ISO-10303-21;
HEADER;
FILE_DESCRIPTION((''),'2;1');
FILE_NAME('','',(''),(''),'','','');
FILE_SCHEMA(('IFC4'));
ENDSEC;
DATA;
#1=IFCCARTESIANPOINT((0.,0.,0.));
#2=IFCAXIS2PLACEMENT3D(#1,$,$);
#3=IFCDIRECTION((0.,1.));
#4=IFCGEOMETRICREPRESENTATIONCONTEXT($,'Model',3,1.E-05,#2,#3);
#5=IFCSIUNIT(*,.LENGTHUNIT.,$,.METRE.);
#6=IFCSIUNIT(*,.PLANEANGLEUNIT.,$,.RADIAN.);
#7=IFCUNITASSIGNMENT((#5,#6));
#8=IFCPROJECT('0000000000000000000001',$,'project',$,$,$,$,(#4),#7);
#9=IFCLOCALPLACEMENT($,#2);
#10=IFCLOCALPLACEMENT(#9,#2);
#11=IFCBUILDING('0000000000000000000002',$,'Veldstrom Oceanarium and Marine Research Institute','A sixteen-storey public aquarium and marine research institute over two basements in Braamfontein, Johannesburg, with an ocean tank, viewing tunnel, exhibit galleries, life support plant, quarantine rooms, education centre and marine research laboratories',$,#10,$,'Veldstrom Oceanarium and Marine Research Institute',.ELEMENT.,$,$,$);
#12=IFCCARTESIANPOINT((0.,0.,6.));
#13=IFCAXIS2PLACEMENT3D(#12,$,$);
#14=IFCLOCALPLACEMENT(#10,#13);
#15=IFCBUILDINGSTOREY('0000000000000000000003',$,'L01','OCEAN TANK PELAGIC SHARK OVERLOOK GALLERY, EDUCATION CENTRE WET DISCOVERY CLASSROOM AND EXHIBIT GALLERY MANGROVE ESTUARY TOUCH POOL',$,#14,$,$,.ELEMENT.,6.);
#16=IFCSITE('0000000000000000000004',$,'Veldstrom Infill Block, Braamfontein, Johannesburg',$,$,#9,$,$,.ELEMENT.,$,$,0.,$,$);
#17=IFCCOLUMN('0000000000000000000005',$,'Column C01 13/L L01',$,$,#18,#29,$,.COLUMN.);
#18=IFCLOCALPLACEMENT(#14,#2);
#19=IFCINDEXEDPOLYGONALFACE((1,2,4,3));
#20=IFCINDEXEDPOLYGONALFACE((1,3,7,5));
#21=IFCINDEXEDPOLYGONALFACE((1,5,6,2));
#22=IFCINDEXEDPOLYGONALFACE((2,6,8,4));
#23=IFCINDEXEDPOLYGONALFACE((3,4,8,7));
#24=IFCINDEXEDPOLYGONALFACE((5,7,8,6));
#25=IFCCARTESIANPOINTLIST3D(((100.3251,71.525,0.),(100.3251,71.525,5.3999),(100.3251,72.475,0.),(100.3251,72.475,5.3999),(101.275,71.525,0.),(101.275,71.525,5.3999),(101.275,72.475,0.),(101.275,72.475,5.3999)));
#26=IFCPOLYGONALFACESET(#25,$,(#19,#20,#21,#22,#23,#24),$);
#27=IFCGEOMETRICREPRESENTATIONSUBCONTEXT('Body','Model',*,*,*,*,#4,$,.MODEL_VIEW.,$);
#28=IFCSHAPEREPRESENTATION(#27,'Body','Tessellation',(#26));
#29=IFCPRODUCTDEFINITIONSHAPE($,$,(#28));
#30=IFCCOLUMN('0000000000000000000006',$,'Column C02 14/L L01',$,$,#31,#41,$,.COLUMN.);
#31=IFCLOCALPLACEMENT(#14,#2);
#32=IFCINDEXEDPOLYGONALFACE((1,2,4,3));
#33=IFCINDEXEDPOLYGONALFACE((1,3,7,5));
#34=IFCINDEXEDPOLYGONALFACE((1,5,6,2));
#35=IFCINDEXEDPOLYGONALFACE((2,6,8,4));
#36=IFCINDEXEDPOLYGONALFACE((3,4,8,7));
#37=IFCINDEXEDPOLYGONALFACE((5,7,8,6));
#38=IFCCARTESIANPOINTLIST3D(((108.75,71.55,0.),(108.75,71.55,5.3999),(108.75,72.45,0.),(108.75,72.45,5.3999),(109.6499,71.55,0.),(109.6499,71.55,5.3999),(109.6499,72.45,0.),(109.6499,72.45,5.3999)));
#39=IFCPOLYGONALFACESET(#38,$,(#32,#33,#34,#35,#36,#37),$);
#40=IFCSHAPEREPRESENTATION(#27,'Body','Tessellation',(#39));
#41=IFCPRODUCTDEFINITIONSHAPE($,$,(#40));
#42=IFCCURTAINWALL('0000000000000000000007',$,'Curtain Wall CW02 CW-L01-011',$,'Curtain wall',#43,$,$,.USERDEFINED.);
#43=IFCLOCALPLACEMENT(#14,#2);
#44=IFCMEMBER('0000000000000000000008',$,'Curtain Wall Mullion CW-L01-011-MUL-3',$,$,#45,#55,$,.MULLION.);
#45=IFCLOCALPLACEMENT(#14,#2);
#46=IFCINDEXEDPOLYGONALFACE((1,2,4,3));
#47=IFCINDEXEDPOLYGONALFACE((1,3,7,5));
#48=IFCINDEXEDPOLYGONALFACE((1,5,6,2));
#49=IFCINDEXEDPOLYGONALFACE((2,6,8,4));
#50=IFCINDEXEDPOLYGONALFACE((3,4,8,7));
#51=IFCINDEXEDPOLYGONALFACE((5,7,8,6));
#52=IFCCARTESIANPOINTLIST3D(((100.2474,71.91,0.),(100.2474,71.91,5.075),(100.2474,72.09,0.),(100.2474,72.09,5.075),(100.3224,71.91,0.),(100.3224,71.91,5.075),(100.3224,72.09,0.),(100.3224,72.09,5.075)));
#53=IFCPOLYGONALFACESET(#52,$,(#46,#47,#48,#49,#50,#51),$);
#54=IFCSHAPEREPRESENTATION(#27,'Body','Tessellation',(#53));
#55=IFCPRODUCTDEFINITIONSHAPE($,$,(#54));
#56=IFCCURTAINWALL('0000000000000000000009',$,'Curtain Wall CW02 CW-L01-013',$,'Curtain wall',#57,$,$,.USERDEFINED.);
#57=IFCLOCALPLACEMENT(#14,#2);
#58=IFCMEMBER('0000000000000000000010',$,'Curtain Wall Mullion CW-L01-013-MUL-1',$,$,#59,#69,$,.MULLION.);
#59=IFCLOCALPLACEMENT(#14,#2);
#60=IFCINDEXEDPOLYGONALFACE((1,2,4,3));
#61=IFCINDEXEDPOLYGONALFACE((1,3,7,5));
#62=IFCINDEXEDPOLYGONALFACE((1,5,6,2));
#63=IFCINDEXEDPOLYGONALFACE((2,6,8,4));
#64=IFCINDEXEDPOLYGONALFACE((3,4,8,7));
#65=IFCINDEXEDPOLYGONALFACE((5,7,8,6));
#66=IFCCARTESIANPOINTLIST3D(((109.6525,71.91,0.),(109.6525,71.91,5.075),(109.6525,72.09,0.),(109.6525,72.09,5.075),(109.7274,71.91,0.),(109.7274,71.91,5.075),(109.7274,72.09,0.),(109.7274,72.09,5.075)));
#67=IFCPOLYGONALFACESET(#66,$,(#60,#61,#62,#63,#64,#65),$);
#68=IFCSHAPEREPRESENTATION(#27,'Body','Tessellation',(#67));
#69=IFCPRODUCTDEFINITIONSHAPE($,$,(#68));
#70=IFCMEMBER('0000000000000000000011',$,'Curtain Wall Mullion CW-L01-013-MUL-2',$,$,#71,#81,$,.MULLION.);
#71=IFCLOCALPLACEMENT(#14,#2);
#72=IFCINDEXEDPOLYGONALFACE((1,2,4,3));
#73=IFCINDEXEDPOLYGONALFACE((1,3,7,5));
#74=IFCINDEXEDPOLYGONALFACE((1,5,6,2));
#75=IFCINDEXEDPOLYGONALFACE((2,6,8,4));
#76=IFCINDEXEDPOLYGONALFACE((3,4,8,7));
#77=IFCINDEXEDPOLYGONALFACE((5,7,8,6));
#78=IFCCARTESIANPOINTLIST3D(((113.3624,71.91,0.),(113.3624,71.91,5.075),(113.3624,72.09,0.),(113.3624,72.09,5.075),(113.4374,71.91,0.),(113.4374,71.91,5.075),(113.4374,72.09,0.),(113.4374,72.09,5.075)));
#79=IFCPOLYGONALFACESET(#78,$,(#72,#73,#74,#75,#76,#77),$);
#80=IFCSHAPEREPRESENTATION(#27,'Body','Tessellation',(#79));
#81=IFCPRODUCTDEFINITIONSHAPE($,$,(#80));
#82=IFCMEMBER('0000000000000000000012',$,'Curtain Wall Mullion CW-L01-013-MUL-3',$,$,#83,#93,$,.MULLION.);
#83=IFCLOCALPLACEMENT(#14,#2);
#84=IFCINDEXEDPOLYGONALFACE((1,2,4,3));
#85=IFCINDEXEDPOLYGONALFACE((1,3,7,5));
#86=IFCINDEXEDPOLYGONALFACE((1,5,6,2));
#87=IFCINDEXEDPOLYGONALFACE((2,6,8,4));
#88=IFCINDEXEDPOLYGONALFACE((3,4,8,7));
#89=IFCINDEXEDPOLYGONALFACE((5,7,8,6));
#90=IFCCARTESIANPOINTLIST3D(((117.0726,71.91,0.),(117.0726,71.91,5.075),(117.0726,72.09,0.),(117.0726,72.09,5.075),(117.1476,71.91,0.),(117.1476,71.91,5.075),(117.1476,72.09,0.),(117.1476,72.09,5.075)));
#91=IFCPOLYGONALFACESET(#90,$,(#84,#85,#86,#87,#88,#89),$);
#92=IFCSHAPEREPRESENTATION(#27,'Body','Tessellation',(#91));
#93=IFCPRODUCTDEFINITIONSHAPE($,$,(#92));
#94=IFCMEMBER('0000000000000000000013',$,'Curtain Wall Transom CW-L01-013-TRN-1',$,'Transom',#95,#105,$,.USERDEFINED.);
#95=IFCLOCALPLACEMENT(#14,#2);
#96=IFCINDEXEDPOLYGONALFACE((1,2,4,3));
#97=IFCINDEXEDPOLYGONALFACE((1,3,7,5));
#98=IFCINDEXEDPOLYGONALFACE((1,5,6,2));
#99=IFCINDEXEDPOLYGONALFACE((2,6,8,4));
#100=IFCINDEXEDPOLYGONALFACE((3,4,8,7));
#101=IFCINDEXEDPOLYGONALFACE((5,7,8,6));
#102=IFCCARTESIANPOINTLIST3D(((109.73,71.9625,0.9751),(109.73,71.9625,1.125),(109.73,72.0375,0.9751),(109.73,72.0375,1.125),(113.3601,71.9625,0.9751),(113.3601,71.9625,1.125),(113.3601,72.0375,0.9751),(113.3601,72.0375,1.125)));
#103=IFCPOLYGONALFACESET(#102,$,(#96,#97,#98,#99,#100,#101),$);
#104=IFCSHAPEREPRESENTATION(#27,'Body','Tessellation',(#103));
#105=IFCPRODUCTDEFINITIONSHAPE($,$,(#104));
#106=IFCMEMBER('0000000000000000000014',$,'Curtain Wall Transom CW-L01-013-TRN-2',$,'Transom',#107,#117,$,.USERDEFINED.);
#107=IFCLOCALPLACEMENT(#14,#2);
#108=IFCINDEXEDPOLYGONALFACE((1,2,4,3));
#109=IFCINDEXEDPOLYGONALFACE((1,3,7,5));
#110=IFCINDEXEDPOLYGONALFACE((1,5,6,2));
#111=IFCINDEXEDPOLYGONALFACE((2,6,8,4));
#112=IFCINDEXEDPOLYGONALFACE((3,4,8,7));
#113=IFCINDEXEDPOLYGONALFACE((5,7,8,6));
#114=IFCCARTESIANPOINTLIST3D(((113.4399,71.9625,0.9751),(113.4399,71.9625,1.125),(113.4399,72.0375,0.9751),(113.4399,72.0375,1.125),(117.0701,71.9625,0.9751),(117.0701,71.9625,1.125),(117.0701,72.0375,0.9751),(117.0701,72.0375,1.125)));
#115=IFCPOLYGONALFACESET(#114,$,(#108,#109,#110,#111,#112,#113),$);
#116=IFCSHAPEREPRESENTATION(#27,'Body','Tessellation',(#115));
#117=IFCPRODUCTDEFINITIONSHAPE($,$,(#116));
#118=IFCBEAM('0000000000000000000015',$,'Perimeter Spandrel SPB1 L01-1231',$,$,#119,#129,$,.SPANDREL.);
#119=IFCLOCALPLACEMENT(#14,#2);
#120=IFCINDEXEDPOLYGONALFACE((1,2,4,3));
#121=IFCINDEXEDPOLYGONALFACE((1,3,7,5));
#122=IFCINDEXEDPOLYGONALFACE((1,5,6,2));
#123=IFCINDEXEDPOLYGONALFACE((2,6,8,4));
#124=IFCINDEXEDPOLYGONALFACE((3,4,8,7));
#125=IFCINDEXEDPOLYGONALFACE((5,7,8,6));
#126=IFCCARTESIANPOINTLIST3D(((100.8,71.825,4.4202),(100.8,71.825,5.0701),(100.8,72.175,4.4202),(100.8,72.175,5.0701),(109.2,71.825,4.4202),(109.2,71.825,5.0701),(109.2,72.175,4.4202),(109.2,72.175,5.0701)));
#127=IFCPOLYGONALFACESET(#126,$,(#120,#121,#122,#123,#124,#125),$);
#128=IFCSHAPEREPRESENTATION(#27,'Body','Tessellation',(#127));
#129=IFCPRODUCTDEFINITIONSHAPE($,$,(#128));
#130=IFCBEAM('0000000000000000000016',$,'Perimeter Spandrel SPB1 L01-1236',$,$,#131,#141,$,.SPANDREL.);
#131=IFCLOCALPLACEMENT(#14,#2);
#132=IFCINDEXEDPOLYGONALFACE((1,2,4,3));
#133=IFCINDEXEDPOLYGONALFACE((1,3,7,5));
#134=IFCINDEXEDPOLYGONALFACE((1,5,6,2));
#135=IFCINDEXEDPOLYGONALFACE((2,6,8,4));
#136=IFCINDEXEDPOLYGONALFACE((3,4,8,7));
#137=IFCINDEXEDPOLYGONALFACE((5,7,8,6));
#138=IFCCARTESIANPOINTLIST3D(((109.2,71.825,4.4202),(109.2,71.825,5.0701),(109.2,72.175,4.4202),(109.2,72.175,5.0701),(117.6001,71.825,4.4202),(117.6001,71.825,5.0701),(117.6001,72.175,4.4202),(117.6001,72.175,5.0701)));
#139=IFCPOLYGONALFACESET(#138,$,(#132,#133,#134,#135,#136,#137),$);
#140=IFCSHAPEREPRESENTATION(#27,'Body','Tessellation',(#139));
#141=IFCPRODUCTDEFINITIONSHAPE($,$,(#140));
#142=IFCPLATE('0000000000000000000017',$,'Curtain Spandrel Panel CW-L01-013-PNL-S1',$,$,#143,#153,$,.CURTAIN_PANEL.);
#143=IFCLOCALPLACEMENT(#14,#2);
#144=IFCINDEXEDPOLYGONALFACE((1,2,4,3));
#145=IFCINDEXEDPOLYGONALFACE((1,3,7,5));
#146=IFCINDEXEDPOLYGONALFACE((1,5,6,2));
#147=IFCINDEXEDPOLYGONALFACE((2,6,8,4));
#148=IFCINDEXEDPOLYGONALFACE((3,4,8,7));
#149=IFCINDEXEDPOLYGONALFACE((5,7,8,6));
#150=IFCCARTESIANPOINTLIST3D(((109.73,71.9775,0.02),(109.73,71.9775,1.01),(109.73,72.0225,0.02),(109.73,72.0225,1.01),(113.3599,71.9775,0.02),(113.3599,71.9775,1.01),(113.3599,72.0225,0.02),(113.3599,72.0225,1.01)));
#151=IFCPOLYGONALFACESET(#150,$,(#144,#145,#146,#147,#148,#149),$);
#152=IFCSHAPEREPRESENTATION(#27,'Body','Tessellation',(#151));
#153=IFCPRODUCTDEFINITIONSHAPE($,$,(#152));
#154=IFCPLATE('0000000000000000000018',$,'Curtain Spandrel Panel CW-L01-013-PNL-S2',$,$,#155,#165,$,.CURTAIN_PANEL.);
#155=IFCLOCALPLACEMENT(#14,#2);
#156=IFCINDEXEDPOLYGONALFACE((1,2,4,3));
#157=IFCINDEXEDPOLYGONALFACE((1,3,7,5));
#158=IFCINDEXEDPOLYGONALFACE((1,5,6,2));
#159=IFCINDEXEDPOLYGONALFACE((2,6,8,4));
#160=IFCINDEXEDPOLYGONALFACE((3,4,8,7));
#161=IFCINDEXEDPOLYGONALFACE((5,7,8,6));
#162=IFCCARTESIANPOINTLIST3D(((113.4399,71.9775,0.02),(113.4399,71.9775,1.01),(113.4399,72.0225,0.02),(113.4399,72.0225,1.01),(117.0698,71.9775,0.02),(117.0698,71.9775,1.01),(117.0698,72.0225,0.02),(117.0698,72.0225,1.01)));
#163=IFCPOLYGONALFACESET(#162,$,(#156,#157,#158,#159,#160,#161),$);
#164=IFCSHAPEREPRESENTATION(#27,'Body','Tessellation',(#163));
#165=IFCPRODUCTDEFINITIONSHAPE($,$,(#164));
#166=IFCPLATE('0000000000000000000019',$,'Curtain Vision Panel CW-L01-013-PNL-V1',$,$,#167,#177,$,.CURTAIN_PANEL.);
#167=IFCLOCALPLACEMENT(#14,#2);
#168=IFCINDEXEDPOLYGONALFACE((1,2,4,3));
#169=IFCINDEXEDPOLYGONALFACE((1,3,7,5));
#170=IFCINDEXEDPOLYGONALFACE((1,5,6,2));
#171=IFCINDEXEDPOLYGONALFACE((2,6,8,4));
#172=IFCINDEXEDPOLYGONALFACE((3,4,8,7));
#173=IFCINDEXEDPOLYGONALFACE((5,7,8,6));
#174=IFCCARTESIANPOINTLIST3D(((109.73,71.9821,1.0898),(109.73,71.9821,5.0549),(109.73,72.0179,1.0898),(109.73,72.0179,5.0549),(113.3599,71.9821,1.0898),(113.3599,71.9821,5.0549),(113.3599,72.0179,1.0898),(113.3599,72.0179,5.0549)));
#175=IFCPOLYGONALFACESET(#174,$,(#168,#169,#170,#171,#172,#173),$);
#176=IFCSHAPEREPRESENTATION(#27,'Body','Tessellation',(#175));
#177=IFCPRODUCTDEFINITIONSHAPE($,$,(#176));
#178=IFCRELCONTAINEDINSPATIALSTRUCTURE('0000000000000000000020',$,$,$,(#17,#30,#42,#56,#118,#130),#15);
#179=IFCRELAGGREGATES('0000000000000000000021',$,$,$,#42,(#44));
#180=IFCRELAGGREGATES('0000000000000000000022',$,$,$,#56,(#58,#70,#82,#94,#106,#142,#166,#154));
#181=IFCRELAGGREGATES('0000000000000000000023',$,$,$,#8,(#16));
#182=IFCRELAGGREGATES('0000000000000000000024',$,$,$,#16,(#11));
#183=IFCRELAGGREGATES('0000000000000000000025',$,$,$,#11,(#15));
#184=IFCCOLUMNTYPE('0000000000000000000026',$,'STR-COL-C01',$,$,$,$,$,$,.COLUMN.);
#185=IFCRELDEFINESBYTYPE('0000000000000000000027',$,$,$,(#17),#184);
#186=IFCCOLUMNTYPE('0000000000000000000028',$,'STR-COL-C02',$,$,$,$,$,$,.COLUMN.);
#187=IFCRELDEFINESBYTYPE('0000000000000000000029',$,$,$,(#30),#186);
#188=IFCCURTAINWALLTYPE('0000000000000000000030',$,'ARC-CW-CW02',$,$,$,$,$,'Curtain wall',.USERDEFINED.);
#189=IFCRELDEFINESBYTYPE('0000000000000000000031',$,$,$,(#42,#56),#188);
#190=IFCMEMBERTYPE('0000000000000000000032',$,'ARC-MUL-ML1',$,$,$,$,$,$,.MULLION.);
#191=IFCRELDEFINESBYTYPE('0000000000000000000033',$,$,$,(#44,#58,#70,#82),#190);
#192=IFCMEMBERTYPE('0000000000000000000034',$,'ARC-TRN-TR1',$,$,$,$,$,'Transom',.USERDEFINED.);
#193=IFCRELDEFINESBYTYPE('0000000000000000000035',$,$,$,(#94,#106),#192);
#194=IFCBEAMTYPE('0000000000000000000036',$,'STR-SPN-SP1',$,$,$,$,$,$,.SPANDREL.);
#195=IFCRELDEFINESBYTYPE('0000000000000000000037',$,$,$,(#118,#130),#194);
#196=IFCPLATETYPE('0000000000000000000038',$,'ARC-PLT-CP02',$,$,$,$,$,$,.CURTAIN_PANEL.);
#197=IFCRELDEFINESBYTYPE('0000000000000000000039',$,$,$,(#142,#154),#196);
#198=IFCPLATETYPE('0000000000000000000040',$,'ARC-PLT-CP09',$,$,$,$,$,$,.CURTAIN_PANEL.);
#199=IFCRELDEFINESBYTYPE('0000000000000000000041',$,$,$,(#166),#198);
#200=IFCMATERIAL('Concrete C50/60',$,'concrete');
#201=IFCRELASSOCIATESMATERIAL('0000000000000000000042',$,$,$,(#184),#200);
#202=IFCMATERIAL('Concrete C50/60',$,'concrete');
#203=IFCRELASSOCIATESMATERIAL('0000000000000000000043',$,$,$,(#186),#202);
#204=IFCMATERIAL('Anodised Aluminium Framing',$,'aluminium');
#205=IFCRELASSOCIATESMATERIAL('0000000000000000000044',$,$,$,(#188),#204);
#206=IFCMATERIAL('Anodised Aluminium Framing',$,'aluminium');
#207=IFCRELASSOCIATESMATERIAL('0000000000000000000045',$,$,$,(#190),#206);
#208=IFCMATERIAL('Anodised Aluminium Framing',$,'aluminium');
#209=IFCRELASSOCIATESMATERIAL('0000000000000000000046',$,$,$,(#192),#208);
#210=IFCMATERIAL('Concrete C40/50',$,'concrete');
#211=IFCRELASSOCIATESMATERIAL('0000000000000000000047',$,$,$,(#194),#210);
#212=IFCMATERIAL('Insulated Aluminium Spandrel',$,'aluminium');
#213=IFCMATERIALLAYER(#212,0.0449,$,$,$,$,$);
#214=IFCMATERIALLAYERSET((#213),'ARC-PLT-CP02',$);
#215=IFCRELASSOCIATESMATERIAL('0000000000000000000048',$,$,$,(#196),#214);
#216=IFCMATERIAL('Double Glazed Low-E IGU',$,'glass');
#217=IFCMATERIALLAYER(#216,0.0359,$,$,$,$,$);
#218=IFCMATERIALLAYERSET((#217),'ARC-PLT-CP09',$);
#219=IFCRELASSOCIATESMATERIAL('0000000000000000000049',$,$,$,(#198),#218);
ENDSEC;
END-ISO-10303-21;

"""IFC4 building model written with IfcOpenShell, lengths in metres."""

from ifc_helpers import new_model, si_unit, direction, frame, origin, origin_2d, place, context, subcontext, project, spatial, rectangle, extrude, material, layer, layer_set, material_profile, profile_set, type_object, element, aggregate, save


model = new_model("IFC4")

# Units and contexts
model_context = context("Model", 3, precision=1e-05, world=origin(), true_north=direction((0.0, 1.0)))
body_context = subcontext(model_context, "Body", "Model", "MODEL_VIEW")
ifc_project = project(units=[si_unit("LENGTHUNIT", "METRE"), si_unit("PLANEANGLEUNIT", "RADIAN")], contexts=[model_context])

# Site, building, storey
site_placement = place(None, origin())
site = spatial("IfcSite", under=ifc_project, at=site_placement, Name="Veldstrom Infill Block, Braamfontein, Johannesburg", CompositionType="ELEMENT", RefElevation=0.0)
building_placement = place(site_placement, origin())
building = spatial("IfcBuilding", under=site, at=building_placement, Name="Veldstrom Oceanarium and Marine Research Institute", Description="A sixteen-storey public aquarium and marine research institute over two basements in Braamfontein, Johannesburg, with an ocean tank, viewing tunnel, exhibit galleries, life support plant, quarantine rooms, education centre and marine research laboratories", LongName="Veldstrom Oceanarium and Marine Research Institute", CompositionType="ELEMENT")
storey_placement = place(building_placement, frame((0.0, 0.0, 6.0)))
storey = spatial("IfcBuildingStorey", under=building, at=storey_placement, Name="L01", Description="OCEAN TANK PELAGIC SHARK OVERLOOK GALLERY, EDUCATION CENTRE WET DISCOVERY CLASSROOM AND EXHIBIT GALLERY MANGROVE ESTUARY TOUCH POOL", CompositionType="ELEMENT", Elevation=6.0)

# Columns
ifc_material_1 = material(Name="Concrete C50/60", Category="concrete")
ifc_material_profile_1 = material_profile(ifc_material_1, rectangle(XDim=0.95, YDim=0.95, at=origin_2d()), Name="RC-COL-950x950")
ifc_profile_set_1 = profile_set([ifc_material_profile_1], Name="Concrete C50/60")
column_type_1 = type_object("IfcColumnType", Name="STR-COL-C01", PredefinedType="COLUMN", material=ifc_profile_set_1)
column_1_placement = place(storey_placement, frame((100.8, 72.0, 0.0), z_axis=(0.0, 0.0, 1.0), x_axis=(1.0, 0.0, 0.0)))
element("IfcColumn", 1, at=column_1_placement, inside=storey, type_object=column_type_1, Name="Column C01 13/L L01", PredefinedType="COLUMN", context=body_context, shape_type="SweptSolid", body=[
    extrude(rectangle(XDim=0.95, YDim=0.95, at=origin_2d()), origin(), (0.0, 0.0, 1.0), 5.3999),
])
ifc_material_2 = material(Name="Concrete C50/60", Category="concrete")
ifc_material_profile_2 = material_profile(ifc_material_2, rectangle(XDim=0.8999, YDim=0.8999, at=origin_2d()), Name="RC-COL-900x900")
ifc_profile_set_2 = profile_set([ifc_material_profile_2], Name="Concrete C50/60")
column_type_2 = type_object("IfcColumnType", Name="STR-COL-C02", PredefinedType="COLUMN", material=ifc_profile_set_2)
column_2_placement = place(storey_placement, frame((109.2, 72.0, 0.0), z_axis=(0.0, 0.0, 1.0), x_axis=(1.0, 0.0, 0.0)))
element("IfcColumn", 2, at=column_2_placement, inside=storey, type_object=column_type_2, Name="Column C02 14/L L01", PredefinedType="COLUMN", context=body_context, shape_type="SweptSolid", body=[
    extrude(rectangle(XDim=0.8999, YDim=0.8999, at=origin_2d()), origin(), (0.0, 0.0, 1.0), 5.3999),
])

# Curtain wall, member
ifc_material_3 = material(Name="Anodised Aluminium Framing", Category="aluminium")
curtain_wall_type = type_object("IfcCurtainWallType", Name="ARC-CW-CW02", ElementType="Curtain wall", PredefinedType="USERDEFINED", material=ifc_material_3)
curtain_wall_1_placement = place(storey_placement, origin())
curtain_wall_1 = element("IfcCurtainWall", 3, at=curtain_wall_1_placement, inside=storey, type_object=curtain_wall_type, Name="Curtain Wall CW02 CW-L01-011", ObjectType="Curtain wall", PredefinedType="USERDEFINED")
ifc_material_4 = material(Name="Anodised Aluminium Framing", Category="aluminium")
ifc_material_profile_3 = material_profile(ifc_material_4, rectangle(XDim=0.075, YDim=0.1799, at=origin_2d()), Name="ALU-MUL-75x180")
ifc_profile_set_3 = profile_set([ifc_material_profile_3], Name="Anodised Aluminium Framing")
member_type_1 = type_object("IfcMemberType", Name="ARC-MUL-ML1", PredefinedType="MULLION", material=ifc_profile_set_3)
member_1_placement = place(storey_placement, frame((100.2849, 72.0, 0.0), z_axis=(0.0, 0.0, 1.0), x_axis=(1.0, 0.0, 0.0)))
member_1 = element("IfcMember", 4, at=member_1_placement, type_object=member_type_1, Name="Curtain Wall Mullion CW-L01-011-MUL-3", PredefinedType="MULLION", context=body_context, shape_type="SweptSolid", body=[
    extrude(rectangle(XDim=0.075, YDim=0.1799, at=origin_2d()), origin(), (0.0, 0.0, 1.0), 5.075),
])
aggregate(curtain_wall_1, [member_1])

# Curtain wall, members
curtain_wall_2_placement = place(storey_placement, origin())
curtain_wall_2 = element("IfcCurtainWall", 5, at=curtain_wall_2_placement, inside=storey, type_object=curtain_wall_type, Name="Curtain Wall CW02 CW-L01-013", ObjectType="Curtain wall", PredefinedType="USERDEFINED")
member_2_placement = place(storey_placement, frame((109.6899, 72.0, 0.0), z_axis=(0.0, 0.0, 1.0), x_axis=(1.0, 0.0, 0.0)))
member_2 = element("IfcMember", 6, at=member_2_placement, type_object=member_type_1, Name="Curtain Wall Mullion CW-L01-013-MUL-1", PredefinedType="MULLION", context=body_context, shape_type="SweptSolid", body=[
    extrude(rectangle(XDim=0.075, YDim=0.1799, at=origin_2d()), origin(), (0.0, 0.0, 1.0), 5.075),
])
member_3_placement = place(storey_placement, frame((113.3999, 72.0, 0.0), z_axis=(0.0, 0.0, 1.0), x_axis=(1.0, 0.0, 0.0)))
member_3 = element("IfcMember", 7, at=member_3_placement, type_object=member_type_1, Name="Curtain Wall Mullion CW-L01-013-MUL-2", PredefinedType="MULLION", context=body_context, shape_type="SweptSolid", body=[
    extrude(rectangle(XDim=0.075, YDim=0.1799, at=origin_2d()), origin(), (0.0, 0.0, 1.0), 5.075),
])
member_4_placement = place(storey_placement, frame((117.1101, 72.0, 0.0), z_axis=(0.0, 0.0, 1.0), x_axis=(1.0, 0.0, 0.0)))
member_4 = element("IfcMember", 8, at=member_4_placement, type_object=member_type_1, Name="Curtain Wall Mullion CW-L01-013-MUL-3", PredefinedType="MULLION", context=body_context, shape_type="SweptSolid", body=[
    extrude(rectangle(XDim=0.075, YDim=0.1799, at=origin_2d()), origin(), (0.0, 0.0, 1.0), 5.075),
])
ifc_material_5 = material(Name="Anodised Aluminium Framing", Category="aluminium")
ifc_material_profile_4 = material_profile(ifc_material_5, rectangle(XDim=0.075, YDim=0.1499, at=origin_2d()), Name="ALU-TRN-75x150")
ifc_profile_set_4 = profile_set([ifc_material_profile_4], Name="Anodised Aluminium Framing")
member_type_2 = type_object("IfcMemberType", Name="ARC-TRN-TR1", ElementType="Transom", PredefinedType="USERDEFINED", material=ifc_profile_set_4)
member_5_placement = place(storey_placement, frame((109.73, 72.0, 1.05), z_axis=(1.0, 0.0, 0.0), x_axis=(0.0, 1.0, 0.0)))
member_5 = element("IfcMember", 9, at=member_5_placement, type_object=member_type_2, Name="Curtain Wall Transom CW-L01-013-TRN-1", ObjectType="Transom", PredefinedType="USERDEFINED", context=body_context, shape_type="SweptSolid", body=[
    extrude(rectangle(XDim=0.075, YDim=0.1499, at=origin_2d()), origin(), (0.0, 0.0, 1.0), 3.6301),
])
member_6_placement = place(storey_placement, frame((113.4399, 72.0, 1.05), z_axis=(1.0, 0.0, 0.0), x_axis=(0.0, 1.0, 0.0)))
member_6 = element("IfcMember", 10, at=member_6_placement, type_object=member_type_2, Name="Curtain Wall Transom CW-L01-013-TRN-2", ObjectType="Transom", PredefinedType="USERDEFINED", context=body_context, shape_type="SweptSolid", body=[
    extrude(rectangle(XDim=0.075, YDim=0.1499, at=origin_2d()), origin(), (0.0, 0.0, 1.0), 3.6301),
])

# Beams
ifc_material_6 = material(Name="Concrete C40/50", Category="concrete")
ifc_material_profile_5 = material_profile(ifc_material_6, rectangle(XDim=0.3501, YDim=0.6499, at=origin_2d()), Name="RC-SPN-350x650")
ifc_profile_set_5 = profile_set([ifc_material_profile_5], Name="Concrete C40/50")
beam_type = type_object("IfcBeamType", Name="STR-SPN-SP1", PredefinedType="SPANDREL", material=ifc_profile_set_5)
beam_1_placement = place(storey_placement, frame((100.8, 72.0, 4.7451), z_axis=(1.0, 0.0, 0.0), x_axis=(0.0, 1.0, 0.0)))
element("IfcBeam", 11, at=beam_1_placement, inside=storey, type_object=beam_type, Name="Perimeter Spandrel SPB1 L01-1231", PredefinedType="SPANDREL", context=body_context, shape_type="SweptSolid", body=[
    extrude(rectangle(XDim=0.3501, YDim=0.6499, at=origin_2d()), origin(), (0.0, 0.0, 1.0), 8.3999),
])
beam_2_placement = place(storey_placement, frame((109.2, 72.0, 4.7451), z_axis=(1.0, 0.0, 0.0), x_axis=(0.0, 1.0, 0.0)))
element("IfcBeam", 12, at=beam_2_placement, inside=storey, type_object=beam_type, Name="Perimeter Spandrel SPB1 L01-1236", PredefinedType="SPANDREL", context=body_context, shape_type="SweptSolid", body=[
    extrude(rectangle(XDim=0.3501, YDim=0.6499, at=origin_2d()), origin(), (0.0, 0.0, 1.0), 8.4001),
])

# Plates
ifc_material_7 = material(Name="Insulated Aluminium Spandrel", Category="aluminium")
ifc_layer_1 = layer(ifc_material_7, 0.0449)
ifc_layer_set_1 = layer_set([ifc_layer_1], Name="ARC-PLT-CP02")
plate_type_1 = type_object("IfcPlateType", Name="ARC-PLT-CP02", PredefinedType="CURTAIN_PANEL", material=ifc_layer_set_1)
plate_1_placement = place(storey_placement, frame((111.5449, 72.0, 0.02), z_axis=(0.0, 0.0, 1.0), x_axis=(1.0, 0.0, 0.0)))
plate_1 = element("IfcPlate", 13, at=plate_1_placement, type_object=plate_type_1, Name="Curtain Spandrel Panel CW-L01-013-PNL-S1", PredefinedType="CURTAIN_PANEL", context=body_context, shape_type="SweptSolid", body=[
    extrude(rectangle(XDim=3.6299, YDim=0.0449, at=origin_2d()), origin(), (0.0, 0.0, 1.0), 0.99),
])
plate_2_placement = place(storey_placement, frame((115.2549, 72.0, 0.02), z_axis=(0.0, 0.0, 1.0), x_axis=(1.0, 0.0, 0.0)))
plate_2 = element("IfcPlate", 14, at=plate_2_placement, type_object=plate_type_1, Name="Curtain Spandrel Panel CW-L01-013-PNL-S2", PredefinedType="CURTAIN_PANEL", context=body_context, shape_type="SweptSolid", body=[
    extrude(rectangle(XDim=3.6299, YDim=0.0449, at=origin_2d()), origin(), (0.0, 0.0, 1.0), 0.99),
])
ifc_material_8 = material(Name="Double Glazed Low-E IGU", Category="glass")
ifc_layer_2 = layer(ifc_material_8, 0.0359)
ifc_layer_set_2 = layer_set([ifc_layer_2], Name="ARC-PLT-CP09")
plate_type_2 = type_object("IfcPlateType", Name="ARC-PLT-CP09", PredefinedType="CURTAIN_PANEL", material=ifc_layer_set_2)
plate_3_placement = place(storey_placement, frame((111.5449, 72.0, 1.0898), z_axis=(0.0, 0.0, 1.0), x_axis=(1.0, 0.0, 0.0)))
plate_3 = element("IfcPlate", 15, at=plate_3_placement, type_object=plate_type_2, Name="Curtain Vision Panel CW-L01-013-PNL-V1", PredefinedType="CURTAIN_PANEL", context=body_context, shape_type="SweptSolid", body=[
    extrude(rectangle(XDim=3.6299, YDim=0.0359, at=origin_2d()), origin(), (0.0, 0.0, 1.0), 3.9651),
])
aggregate(curtain_wall_2, [member_2, member_3, member_4, member_5, member_6, plate_1, plate_3, plate_2])

save(model, "model.ifc")
